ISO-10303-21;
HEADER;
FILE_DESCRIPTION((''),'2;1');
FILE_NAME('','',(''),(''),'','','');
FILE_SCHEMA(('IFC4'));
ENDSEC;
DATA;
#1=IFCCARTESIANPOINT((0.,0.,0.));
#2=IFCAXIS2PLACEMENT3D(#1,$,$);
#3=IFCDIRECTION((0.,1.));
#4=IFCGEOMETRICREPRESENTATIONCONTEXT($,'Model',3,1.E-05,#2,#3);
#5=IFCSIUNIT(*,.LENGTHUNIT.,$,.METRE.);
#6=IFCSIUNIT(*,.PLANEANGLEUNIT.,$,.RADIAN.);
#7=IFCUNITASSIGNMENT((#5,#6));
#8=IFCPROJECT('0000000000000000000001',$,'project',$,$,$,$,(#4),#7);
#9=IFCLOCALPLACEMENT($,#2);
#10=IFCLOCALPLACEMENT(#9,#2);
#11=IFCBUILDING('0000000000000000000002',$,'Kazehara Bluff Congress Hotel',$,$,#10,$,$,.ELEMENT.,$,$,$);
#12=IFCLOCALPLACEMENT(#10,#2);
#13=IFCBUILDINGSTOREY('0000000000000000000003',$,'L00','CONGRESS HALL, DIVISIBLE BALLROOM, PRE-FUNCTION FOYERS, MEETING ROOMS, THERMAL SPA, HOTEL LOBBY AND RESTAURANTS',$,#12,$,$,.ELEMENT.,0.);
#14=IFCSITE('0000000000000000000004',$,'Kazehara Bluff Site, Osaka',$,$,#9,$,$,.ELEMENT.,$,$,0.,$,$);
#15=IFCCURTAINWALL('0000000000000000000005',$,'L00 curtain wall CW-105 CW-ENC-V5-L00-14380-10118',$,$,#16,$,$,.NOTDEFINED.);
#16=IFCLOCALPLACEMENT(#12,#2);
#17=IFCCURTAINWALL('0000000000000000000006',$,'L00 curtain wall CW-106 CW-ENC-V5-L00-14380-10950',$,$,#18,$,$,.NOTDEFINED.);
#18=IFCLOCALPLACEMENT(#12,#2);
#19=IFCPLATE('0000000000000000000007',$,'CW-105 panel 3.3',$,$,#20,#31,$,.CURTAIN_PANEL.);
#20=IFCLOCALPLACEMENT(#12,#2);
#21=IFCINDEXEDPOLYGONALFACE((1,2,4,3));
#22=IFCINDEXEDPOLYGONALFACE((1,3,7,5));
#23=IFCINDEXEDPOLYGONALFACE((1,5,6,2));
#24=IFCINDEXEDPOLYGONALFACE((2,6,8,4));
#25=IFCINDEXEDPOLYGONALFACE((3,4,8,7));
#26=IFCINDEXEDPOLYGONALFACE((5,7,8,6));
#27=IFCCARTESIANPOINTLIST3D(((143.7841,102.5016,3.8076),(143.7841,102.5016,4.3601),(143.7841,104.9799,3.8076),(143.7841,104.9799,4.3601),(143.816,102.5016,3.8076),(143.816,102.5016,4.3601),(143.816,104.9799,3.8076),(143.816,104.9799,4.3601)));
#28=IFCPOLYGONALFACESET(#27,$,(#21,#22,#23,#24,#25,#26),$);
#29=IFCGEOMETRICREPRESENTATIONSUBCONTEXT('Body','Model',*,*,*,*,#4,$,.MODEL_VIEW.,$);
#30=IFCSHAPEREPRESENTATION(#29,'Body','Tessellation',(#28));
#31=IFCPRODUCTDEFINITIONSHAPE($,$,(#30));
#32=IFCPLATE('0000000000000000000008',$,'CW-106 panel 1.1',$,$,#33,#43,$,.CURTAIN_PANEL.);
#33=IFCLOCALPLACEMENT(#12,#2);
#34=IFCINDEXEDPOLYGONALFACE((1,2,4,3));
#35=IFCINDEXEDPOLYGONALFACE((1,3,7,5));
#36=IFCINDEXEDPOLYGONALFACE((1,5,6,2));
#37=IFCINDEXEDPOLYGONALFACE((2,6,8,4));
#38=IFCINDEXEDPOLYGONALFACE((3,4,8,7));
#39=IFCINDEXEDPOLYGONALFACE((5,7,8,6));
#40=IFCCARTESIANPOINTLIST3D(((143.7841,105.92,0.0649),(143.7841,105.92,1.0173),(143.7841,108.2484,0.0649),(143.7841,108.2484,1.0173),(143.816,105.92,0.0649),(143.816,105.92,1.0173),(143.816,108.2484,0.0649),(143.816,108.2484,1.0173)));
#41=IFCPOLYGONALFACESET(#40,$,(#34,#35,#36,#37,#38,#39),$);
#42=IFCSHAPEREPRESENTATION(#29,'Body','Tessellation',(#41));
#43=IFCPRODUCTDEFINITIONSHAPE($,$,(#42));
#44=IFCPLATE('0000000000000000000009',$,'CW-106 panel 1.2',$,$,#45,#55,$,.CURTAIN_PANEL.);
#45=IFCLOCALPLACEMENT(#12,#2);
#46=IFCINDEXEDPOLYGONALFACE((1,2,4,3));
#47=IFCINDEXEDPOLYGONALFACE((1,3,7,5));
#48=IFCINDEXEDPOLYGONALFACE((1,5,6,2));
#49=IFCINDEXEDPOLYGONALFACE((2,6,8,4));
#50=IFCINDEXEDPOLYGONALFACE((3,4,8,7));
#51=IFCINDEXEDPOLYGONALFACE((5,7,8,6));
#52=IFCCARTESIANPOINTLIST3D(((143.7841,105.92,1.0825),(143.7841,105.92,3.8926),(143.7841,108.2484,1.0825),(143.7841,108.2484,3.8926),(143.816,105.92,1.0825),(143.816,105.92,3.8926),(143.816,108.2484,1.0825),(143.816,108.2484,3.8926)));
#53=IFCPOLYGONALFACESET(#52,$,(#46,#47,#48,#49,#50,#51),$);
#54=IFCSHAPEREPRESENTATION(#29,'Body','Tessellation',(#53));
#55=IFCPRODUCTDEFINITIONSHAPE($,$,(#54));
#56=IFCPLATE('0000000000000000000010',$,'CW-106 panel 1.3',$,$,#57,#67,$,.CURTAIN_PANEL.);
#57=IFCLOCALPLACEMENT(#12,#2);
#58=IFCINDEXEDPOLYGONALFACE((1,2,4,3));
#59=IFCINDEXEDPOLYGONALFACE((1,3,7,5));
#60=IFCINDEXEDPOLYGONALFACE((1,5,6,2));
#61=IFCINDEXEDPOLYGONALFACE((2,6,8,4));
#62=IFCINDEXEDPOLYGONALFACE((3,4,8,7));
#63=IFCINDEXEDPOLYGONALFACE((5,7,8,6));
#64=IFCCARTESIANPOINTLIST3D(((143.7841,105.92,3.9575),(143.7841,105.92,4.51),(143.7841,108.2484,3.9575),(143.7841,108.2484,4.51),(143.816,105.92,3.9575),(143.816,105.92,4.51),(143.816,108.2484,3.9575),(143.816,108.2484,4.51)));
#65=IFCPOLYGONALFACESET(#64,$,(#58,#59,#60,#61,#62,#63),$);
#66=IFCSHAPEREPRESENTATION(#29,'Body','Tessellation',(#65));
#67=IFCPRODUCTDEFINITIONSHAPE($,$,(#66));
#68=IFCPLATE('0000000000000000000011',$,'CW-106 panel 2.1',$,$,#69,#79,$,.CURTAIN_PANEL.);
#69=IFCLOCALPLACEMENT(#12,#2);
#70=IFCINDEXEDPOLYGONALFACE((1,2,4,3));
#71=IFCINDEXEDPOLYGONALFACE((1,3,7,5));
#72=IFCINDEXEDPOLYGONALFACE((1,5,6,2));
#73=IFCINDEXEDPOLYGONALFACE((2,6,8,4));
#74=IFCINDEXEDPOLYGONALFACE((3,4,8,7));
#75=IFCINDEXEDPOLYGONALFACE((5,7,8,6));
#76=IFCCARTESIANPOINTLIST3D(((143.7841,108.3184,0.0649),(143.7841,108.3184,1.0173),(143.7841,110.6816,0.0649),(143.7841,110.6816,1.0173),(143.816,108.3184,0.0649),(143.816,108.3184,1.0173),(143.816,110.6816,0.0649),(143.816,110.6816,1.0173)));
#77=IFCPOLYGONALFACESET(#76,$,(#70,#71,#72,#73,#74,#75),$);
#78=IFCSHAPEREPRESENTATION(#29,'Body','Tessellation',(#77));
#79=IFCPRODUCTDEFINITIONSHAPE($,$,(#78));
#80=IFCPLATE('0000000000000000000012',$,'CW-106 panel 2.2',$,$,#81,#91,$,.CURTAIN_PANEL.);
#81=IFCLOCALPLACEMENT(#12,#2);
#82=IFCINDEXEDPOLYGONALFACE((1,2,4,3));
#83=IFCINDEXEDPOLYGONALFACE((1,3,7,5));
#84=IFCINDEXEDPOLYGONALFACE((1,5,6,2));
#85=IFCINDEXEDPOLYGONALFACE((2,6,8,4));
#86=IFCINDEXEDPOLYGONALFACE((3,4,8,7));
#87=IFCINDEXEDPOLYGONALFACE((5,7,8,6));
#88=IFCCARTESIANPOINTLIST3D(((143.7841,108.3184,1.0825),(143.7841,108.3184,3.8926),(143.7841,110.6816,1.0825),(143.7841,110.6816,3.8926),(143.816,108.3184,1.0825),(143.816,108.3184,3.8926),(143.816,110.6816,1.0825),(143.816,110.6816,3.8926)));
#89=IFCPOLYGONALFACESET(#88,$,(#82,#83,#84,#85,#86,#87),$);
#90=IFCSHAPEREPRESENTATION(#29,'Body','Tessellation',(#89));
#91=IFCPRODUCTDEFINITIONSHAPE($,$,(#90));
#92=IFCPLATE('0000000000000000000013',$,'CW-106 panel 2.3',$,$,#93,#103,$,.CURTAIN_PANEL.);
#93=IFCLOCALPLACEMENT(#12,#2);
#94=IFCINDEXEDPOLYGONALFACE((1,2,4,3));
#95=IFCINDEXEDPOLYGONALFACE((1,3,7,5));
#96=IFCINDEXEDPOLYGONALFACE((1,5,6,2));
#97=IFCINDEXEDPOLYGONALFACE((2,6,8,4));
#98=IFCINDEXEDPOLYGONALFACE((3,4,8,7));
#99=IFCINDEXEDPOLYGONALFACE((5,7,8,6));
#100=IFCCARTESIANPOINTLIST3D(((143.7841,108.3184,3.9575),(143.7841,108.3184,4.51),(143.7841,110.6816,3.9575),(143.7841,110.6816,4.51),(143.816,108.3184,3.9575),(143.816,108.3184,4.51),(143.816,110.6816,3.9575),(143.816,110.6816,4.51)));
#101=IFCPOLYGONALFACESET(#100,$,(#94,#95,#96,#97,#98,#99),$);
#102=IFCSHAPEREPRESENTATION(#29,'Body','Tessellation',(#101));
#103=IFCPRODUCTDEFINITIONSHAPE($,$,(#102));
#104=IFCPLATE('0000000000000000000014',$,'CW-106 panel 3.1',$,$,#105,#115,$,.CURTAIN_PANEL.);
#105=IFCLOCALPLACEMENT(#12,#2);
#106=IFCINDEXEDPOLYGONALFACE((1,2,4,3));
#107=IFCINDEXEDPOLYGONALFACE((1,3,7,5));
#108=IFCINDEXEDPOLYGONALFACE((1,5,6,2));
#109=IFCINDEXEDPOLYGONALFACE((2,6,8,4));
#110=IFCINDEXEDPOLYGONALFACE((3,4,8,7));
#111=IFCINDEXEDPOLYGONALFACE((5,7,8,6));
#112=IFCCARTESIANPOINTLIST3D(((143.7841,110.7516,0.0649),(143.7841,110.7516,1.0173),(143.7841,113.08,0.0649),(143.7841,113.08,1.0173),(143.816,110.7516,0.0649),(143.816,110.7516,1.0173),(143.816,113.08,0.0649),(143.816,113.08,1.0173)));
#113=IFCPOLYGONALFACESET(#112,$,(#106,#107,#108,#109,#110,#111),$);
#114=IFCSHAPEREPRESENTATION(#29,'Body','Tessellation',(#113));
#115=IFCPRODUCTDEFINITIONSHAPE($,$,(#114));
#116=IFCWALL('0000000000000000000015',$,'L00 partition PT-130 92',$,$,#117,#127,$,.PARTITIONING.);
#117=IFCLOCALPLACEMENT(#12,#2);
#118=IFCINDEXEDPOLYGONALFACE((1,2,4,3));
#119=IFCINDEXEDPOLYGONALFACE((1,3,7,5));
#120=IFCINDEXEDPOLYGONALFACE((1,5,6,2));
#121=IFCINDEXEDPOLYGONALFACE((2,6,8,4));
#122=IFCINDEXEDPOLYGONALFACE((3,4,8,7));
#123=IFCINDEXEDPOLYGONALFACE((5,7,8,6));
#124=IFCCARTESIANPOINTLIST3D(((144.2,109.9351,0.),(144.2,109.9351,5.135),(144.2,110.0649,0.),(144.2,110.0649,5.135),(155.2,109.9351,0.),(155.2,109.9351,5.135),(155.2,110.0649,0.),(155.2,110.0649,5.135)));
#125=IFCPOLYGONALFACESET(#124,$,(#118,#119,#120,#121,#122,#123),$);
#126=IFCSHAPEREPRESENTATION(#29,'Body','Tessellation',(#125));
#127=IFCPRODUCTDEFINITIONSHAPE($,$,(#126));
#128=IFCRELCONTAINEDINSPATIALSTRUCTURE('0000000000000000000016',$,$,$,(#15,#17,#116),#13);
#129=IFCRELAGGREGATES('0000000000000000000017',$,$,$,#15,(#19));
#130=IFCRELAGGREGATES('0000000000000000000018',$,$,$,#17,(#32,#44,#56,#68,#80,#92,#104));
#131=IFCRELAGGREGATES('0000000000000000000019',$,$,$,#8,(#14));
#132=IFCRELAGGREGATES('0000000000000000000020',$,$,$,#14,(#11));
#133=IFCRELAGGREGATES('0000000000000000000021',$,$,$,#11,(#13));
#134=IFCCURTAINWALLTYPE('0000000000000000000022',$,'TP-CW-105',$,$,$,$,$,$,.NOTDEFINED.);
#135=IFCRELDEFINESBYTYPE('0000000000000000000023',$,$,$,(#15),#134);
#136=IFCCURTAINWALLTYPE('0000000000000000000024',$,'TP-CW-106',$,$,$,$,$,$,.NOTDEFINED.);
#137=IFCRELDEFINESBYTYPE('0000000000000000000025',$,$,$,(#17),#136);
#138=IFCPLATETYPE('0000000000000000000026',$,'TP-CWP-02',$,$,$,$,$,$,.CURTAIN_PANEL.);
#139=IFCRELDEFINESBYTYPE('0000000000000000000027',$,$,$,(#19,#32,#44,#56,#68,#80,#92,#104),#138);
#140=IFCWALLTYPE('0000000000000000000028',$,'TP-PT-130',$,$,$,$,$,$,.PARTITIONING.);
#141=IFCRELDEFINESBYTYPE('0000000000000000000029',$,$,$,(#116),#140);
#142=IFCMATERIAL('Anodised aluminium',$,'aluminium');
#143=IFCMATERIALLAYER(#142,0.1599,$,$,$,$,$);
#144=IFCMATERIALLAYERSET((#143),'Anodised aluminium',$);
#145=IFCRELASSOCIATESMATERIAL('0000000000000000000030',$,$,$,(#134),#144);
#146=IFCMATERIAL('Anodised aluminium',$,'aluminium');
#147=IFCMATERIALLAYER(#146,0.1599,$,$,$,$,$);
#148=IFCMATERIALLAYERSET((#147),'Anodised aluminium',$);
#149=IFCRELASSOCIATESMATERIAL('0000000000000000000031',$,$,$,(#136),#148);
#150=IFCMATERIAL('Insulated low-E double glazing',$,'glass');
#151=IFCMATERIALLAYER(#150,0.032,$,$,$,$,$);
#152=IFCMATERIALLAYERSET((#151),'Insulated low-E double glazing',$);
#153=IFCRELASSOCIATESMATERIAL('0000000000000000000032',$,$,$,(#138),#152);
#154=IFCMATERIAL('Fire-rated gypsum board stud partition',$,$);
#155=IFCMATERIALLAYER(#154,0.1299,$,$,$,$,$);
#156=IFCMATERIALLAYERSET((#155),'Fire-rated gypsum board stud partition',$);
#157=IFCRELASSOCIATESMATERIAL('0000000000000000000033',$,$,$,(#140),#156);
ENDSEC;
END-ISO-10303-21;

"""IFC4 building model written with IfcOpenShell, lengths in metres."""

from ifc_helpers import new_model, si_unit, direction, frame, frame_2d, origin, origin_2d, place, context, subcontext, project, spatial, rectangle, extrude, material, layer, layer_set, type_object, element, aggregate, save


model = new_model("IFC4")

# Units and contexts
model_context = context("Model", 3, precision=1e-05, world=origin(), true_north=direction((0.0, 1.0)))
body_context = subcontext(model_context, "Body", "Model", "MODEL_VIEW")
ifc_project = project(units=[si_unit("LENGTHUNIT", "METRE"), si_unit("PLANEANGLEUNIT", "RADIAN")], contexts=[model_context])

# Site, building, storey
site_placement = place(None, origin())
site = spatial("IfcSite", under=ifc_project, at=site_placement, Name="Kazehara Bluff Site, Osaka", CompositionType="ELEMENT", RefElevation=0.0)
building_placement = place(site_placement, origin())
building = spatial("IfcBuilding", under=site, at=building_placement, Name="Kazehara Bluff Congress Hotel", CompositionType="ELEMENT")
storey_placement = place(building_placement, origin())
storey = spatial("IfcBuildingStorey", under=building, at=storey_placement, Name="L00", Description="CONGRESS HALL, DIVISIBLE BALLROOM, PRE-FUNCTION FOYERS, MEETING ROOMS, THERMAL SPA, HOTEL LOBBY AND RESTAURANTS", CompositionType="ELEMENT", Elevation=0.0)

# Curtain wall
ifc_material_1 = material(Name="Anodised aluminium", Category="aluminium")
ifc_layer_1 = layer(ifc_material_1, 0.1599)
ifc_layer_set_1 = layer_set([ifc_layer_1], Name="Anodised aluminium")
curtain_wall_type_1 = type_object("IfcCurtainWallType", Name="TP-CW-105", PredefinedType="NOTDEFINED", material=ifc_layer_set_1)
curtain_wall_1_placement = place(storey_placement, origin())
curtain_wall_1 = element("IfcCurtainWall", 1, at=curtain_wall_1_placement, inside=storey, type_object=curtain_wall_type_1, Name="L00 curtain wall CW-105 CW-ENC-V5-L00-14380-10118", PredefinedType="NOTDEFINED")

# Curtain wall
ifc_material_2 = material(Name="Anodised aluminium", Category="aluminium")
ifc_layer_2 = layer(ifc_material_2, 0.1599)
ifc_layer_set_2 = layer_set([ifc_layer_2], Name="Anodised aluminium")
curtain_wall_type_2 = type_object("IfcCurtainWallType", Name="TP-CW-106", PredefinedType="NOTDEFINED", material=ifc_layer_set_2)
curtain_wall_2_placement = place(storey_placement, origin())
curtain_wall_2 = element("IfcCurtainWall", 2, at=curtain_wall_2_placement, inside=storey, type_object=curtain_wall_type_2, Name="L00 curtain wall CW-106 CW-ENC-V5-L00-14380-10950", PredefinedType="NOTDEFINED")

# Plates
ifc_material_3 = material(Name="Insulated low-E double glazing", Category="glass")
ifc_layer_3 = layer(ifc_material_3, 0.032)
ifc_layer_set_3 = layer_set([ifc_layer_3], Name="Insulated low-E double glazing")
plate_type = type_object("IfcPlateType", Name="TP-CWP-02", PredefinedType="CURTAIN_PANEL", material=ifc_layer_set_3)
plate_1_placement = place(storey_placement, frame((143.8, 103.7407, 3.8076), z_axis=(0.0, 0.0, 1.0), x_axis=(0.0, 1.0, 0.0)))
plate_1 = element("IfcPlate", 3, at=plate_1_placement, type_object=plate_type, Name="CW-105 panel 3.3", PredefinedType="CURTAIN_PANEL", context=body_context, shape_type="SweptSolid", body=[
    extrude(rectangle(XDim=2.4783, YDim=0.032, at=origin_2d()), origin(), (0.0, 0.0, 1.0), 0.5525),
])
aggregate(curtain_wall_1, [plate_1])
plate_2_placement = place(storey_placement, frame((143.8, 107.0842, 0.0649), z_axis=(0.0, 0.0, 1.0), x_axis=(0.0, 1.0, 0.0)))
plate_2 = element("IfcPlate", 4, at=plate_2_placement, type_object=plate_type, Name="CW-106 panel 1.1", PredefinedType="CURTAIN_PANEL", context=body_context, shape_type="SweptSolid", body=[
    extrude(rectangle(XDim=2.3284, YDim=0.032, at=origin_2d()), origin(), (0.0, 0.0, 1.0), 0.9524),
])
plate_3_placement = place(storey_placement, frame((143.8, 107.0842, 1.0825), z_axis=(0.0, 0.0, 1.0), x_axis=(0.0, 1.0, 0.0)))
plate_3 = element("IfcPlate", 5, at=plate_3_placement, type_object=plate_type, Name="CW-106 panel 1.2", PredefinedType="CURTAIN_PANEL", context=body_context, shape_type="SweptSolid", body=[
    extrude(rectangle(XDim=2.3284, YDim=0.032, at=origin_2d()), origin(), (0.0, 0.0, 1.0), 2.8101),
])
plate_4_placement = place(storey_placement, frame((143.8, 107.0842, 3.9575), z_axis=(0.0, 0.0, 1.0), x_axis=(0.0, 1.0, 0.0)))
plate_4 = element("IfcPlate", 6, at=plate_4_placement, type_object=plate_type, Name="CW-106 panel 1.3", PredefinedType="CURTAIN_PANEL", context=body_context, shape_type="SweptSolid", body=[
    extrude(rectangle(XDim=2.3284, YDim=0.032, at=origin_2d()), origin(), (0.0, 0.0, 1.0), 0.5525),
])
plate_5_placement = place(storey_placement, frame((143.8, 109.5, 0.0649), z_axis=(0.0, 0.0, 1.0), x_axis=(0.0, 1.0, 0.0)))
plate_5 = element("IfcPlate", 7, at=plate_5_placement, type_object=plate_type, Name="CW-106 panel 2.1", PredefinedType="CURTAIN_PANEL", context=body_context, shape_type="SweptSolid", body=[
    extrude(rectangle(XDim=2.3633, YDim=0.032, at=origin_2d()), origin(), (0.0, 0.0, 1.0), 0.9524),
])
plate_6_placement = place(storey_placement, frame((143.8, 109.5, 1.0825), z_axis=(0.0, 0.0, 1.0), x_axis=(0.0, 1.0, 0.0)))
plate_6 = element("IfcPlate", 8, at=plate_6_placement, type_object=plate_type, Name="CW-106 panel 2.2", PredefinedType="CURTAIN_PANEL", context=body_context, shape_type="SweptSolid", body=[
    extrude(rectangle(XDim=2.3633, YDim=0.032, at=origin_2d()), origin(), (0.0, 0.0, 1.0), 2.8101),
])
plate_7_placement = place(storey_placement, frame((143.8, 109.5, 3.9575), z_axis=(0.0, 0.0, 1.0), x_axis=(0.0, 1.0, 0.0)))
plate_7 = element("IfcPlate", 9, at=plate_7_placement, type_object=plate_type, Name="CW-106 panel 2.3", PredefinedType="CURTAIN_PANEL", context=body_context, shape_type="SweptSolid", body=[
    extrude(rectangle(XDim=2.3633, YDim=0.032, at=origin_2d()), origin(), (0.0, 0.0, 1.0), 0.5525),
])
plate_8_placement = place(storey_placement, frame((143.8, 111.9158, 0.0649), z_axis=(0.0, 0.0, 1.0), x_axis=(0.0, 1.0, 0.0)))
plate_8 = element("IfcPlate", 10, at=plate_8_placement, type_object=plate_type, Name="CW-106 panel 3.1", PredefinedType="CURTAIN_PANEL", context=body_context, shape_type="SweptSolid", body=[
    extrude(rectangle(XDim=2.3284, YDim=0.032, at=origin_2d()), origin(), (0.0, 0.0, 1.0), 0.9524),
])
aggregate(curtain_wall_2, [plate_2, plate_3, plate_4, plate_5, plate_6, plate_7, plate_8])

# Wall
ifc_material_4 = material(Name="Fire-rated gypsum board stud partition")
ifc_layer_4 = layer(ifc_material_4, 0.1299)
ifc_layer_set_4 = layer_set([ifc_layer_4], Name="Fire-rated gypsum board stud partition")
wall_type = type_object("IfcWallType", Name="TP-PT-130", PredefinedType="PARTITIONING", material=ifc_layer_set_4)
wall_placement = place(storey_placement, frame((144.2, 110.0, 0.0), z_axis=(0.0, 0.0, 1.0), x_axis=(1.0, 0.0, 0.0)))
element("IfcWall", 11, at=wall_placement, inside=storey, type_object=wall_type, Name="L00 partition PT-130 92", PredefinedType="PARTITIONING", context=body_context, shape_type="SweptSolid", body=[
    extrude(rectangle(XDim=11.0, YDim=0.1299, at=frame_2d((5.5, 0.0))), origin(), (0.0, 0.0, 1.0), 5.135),
])

save(model, "model.ifc")
